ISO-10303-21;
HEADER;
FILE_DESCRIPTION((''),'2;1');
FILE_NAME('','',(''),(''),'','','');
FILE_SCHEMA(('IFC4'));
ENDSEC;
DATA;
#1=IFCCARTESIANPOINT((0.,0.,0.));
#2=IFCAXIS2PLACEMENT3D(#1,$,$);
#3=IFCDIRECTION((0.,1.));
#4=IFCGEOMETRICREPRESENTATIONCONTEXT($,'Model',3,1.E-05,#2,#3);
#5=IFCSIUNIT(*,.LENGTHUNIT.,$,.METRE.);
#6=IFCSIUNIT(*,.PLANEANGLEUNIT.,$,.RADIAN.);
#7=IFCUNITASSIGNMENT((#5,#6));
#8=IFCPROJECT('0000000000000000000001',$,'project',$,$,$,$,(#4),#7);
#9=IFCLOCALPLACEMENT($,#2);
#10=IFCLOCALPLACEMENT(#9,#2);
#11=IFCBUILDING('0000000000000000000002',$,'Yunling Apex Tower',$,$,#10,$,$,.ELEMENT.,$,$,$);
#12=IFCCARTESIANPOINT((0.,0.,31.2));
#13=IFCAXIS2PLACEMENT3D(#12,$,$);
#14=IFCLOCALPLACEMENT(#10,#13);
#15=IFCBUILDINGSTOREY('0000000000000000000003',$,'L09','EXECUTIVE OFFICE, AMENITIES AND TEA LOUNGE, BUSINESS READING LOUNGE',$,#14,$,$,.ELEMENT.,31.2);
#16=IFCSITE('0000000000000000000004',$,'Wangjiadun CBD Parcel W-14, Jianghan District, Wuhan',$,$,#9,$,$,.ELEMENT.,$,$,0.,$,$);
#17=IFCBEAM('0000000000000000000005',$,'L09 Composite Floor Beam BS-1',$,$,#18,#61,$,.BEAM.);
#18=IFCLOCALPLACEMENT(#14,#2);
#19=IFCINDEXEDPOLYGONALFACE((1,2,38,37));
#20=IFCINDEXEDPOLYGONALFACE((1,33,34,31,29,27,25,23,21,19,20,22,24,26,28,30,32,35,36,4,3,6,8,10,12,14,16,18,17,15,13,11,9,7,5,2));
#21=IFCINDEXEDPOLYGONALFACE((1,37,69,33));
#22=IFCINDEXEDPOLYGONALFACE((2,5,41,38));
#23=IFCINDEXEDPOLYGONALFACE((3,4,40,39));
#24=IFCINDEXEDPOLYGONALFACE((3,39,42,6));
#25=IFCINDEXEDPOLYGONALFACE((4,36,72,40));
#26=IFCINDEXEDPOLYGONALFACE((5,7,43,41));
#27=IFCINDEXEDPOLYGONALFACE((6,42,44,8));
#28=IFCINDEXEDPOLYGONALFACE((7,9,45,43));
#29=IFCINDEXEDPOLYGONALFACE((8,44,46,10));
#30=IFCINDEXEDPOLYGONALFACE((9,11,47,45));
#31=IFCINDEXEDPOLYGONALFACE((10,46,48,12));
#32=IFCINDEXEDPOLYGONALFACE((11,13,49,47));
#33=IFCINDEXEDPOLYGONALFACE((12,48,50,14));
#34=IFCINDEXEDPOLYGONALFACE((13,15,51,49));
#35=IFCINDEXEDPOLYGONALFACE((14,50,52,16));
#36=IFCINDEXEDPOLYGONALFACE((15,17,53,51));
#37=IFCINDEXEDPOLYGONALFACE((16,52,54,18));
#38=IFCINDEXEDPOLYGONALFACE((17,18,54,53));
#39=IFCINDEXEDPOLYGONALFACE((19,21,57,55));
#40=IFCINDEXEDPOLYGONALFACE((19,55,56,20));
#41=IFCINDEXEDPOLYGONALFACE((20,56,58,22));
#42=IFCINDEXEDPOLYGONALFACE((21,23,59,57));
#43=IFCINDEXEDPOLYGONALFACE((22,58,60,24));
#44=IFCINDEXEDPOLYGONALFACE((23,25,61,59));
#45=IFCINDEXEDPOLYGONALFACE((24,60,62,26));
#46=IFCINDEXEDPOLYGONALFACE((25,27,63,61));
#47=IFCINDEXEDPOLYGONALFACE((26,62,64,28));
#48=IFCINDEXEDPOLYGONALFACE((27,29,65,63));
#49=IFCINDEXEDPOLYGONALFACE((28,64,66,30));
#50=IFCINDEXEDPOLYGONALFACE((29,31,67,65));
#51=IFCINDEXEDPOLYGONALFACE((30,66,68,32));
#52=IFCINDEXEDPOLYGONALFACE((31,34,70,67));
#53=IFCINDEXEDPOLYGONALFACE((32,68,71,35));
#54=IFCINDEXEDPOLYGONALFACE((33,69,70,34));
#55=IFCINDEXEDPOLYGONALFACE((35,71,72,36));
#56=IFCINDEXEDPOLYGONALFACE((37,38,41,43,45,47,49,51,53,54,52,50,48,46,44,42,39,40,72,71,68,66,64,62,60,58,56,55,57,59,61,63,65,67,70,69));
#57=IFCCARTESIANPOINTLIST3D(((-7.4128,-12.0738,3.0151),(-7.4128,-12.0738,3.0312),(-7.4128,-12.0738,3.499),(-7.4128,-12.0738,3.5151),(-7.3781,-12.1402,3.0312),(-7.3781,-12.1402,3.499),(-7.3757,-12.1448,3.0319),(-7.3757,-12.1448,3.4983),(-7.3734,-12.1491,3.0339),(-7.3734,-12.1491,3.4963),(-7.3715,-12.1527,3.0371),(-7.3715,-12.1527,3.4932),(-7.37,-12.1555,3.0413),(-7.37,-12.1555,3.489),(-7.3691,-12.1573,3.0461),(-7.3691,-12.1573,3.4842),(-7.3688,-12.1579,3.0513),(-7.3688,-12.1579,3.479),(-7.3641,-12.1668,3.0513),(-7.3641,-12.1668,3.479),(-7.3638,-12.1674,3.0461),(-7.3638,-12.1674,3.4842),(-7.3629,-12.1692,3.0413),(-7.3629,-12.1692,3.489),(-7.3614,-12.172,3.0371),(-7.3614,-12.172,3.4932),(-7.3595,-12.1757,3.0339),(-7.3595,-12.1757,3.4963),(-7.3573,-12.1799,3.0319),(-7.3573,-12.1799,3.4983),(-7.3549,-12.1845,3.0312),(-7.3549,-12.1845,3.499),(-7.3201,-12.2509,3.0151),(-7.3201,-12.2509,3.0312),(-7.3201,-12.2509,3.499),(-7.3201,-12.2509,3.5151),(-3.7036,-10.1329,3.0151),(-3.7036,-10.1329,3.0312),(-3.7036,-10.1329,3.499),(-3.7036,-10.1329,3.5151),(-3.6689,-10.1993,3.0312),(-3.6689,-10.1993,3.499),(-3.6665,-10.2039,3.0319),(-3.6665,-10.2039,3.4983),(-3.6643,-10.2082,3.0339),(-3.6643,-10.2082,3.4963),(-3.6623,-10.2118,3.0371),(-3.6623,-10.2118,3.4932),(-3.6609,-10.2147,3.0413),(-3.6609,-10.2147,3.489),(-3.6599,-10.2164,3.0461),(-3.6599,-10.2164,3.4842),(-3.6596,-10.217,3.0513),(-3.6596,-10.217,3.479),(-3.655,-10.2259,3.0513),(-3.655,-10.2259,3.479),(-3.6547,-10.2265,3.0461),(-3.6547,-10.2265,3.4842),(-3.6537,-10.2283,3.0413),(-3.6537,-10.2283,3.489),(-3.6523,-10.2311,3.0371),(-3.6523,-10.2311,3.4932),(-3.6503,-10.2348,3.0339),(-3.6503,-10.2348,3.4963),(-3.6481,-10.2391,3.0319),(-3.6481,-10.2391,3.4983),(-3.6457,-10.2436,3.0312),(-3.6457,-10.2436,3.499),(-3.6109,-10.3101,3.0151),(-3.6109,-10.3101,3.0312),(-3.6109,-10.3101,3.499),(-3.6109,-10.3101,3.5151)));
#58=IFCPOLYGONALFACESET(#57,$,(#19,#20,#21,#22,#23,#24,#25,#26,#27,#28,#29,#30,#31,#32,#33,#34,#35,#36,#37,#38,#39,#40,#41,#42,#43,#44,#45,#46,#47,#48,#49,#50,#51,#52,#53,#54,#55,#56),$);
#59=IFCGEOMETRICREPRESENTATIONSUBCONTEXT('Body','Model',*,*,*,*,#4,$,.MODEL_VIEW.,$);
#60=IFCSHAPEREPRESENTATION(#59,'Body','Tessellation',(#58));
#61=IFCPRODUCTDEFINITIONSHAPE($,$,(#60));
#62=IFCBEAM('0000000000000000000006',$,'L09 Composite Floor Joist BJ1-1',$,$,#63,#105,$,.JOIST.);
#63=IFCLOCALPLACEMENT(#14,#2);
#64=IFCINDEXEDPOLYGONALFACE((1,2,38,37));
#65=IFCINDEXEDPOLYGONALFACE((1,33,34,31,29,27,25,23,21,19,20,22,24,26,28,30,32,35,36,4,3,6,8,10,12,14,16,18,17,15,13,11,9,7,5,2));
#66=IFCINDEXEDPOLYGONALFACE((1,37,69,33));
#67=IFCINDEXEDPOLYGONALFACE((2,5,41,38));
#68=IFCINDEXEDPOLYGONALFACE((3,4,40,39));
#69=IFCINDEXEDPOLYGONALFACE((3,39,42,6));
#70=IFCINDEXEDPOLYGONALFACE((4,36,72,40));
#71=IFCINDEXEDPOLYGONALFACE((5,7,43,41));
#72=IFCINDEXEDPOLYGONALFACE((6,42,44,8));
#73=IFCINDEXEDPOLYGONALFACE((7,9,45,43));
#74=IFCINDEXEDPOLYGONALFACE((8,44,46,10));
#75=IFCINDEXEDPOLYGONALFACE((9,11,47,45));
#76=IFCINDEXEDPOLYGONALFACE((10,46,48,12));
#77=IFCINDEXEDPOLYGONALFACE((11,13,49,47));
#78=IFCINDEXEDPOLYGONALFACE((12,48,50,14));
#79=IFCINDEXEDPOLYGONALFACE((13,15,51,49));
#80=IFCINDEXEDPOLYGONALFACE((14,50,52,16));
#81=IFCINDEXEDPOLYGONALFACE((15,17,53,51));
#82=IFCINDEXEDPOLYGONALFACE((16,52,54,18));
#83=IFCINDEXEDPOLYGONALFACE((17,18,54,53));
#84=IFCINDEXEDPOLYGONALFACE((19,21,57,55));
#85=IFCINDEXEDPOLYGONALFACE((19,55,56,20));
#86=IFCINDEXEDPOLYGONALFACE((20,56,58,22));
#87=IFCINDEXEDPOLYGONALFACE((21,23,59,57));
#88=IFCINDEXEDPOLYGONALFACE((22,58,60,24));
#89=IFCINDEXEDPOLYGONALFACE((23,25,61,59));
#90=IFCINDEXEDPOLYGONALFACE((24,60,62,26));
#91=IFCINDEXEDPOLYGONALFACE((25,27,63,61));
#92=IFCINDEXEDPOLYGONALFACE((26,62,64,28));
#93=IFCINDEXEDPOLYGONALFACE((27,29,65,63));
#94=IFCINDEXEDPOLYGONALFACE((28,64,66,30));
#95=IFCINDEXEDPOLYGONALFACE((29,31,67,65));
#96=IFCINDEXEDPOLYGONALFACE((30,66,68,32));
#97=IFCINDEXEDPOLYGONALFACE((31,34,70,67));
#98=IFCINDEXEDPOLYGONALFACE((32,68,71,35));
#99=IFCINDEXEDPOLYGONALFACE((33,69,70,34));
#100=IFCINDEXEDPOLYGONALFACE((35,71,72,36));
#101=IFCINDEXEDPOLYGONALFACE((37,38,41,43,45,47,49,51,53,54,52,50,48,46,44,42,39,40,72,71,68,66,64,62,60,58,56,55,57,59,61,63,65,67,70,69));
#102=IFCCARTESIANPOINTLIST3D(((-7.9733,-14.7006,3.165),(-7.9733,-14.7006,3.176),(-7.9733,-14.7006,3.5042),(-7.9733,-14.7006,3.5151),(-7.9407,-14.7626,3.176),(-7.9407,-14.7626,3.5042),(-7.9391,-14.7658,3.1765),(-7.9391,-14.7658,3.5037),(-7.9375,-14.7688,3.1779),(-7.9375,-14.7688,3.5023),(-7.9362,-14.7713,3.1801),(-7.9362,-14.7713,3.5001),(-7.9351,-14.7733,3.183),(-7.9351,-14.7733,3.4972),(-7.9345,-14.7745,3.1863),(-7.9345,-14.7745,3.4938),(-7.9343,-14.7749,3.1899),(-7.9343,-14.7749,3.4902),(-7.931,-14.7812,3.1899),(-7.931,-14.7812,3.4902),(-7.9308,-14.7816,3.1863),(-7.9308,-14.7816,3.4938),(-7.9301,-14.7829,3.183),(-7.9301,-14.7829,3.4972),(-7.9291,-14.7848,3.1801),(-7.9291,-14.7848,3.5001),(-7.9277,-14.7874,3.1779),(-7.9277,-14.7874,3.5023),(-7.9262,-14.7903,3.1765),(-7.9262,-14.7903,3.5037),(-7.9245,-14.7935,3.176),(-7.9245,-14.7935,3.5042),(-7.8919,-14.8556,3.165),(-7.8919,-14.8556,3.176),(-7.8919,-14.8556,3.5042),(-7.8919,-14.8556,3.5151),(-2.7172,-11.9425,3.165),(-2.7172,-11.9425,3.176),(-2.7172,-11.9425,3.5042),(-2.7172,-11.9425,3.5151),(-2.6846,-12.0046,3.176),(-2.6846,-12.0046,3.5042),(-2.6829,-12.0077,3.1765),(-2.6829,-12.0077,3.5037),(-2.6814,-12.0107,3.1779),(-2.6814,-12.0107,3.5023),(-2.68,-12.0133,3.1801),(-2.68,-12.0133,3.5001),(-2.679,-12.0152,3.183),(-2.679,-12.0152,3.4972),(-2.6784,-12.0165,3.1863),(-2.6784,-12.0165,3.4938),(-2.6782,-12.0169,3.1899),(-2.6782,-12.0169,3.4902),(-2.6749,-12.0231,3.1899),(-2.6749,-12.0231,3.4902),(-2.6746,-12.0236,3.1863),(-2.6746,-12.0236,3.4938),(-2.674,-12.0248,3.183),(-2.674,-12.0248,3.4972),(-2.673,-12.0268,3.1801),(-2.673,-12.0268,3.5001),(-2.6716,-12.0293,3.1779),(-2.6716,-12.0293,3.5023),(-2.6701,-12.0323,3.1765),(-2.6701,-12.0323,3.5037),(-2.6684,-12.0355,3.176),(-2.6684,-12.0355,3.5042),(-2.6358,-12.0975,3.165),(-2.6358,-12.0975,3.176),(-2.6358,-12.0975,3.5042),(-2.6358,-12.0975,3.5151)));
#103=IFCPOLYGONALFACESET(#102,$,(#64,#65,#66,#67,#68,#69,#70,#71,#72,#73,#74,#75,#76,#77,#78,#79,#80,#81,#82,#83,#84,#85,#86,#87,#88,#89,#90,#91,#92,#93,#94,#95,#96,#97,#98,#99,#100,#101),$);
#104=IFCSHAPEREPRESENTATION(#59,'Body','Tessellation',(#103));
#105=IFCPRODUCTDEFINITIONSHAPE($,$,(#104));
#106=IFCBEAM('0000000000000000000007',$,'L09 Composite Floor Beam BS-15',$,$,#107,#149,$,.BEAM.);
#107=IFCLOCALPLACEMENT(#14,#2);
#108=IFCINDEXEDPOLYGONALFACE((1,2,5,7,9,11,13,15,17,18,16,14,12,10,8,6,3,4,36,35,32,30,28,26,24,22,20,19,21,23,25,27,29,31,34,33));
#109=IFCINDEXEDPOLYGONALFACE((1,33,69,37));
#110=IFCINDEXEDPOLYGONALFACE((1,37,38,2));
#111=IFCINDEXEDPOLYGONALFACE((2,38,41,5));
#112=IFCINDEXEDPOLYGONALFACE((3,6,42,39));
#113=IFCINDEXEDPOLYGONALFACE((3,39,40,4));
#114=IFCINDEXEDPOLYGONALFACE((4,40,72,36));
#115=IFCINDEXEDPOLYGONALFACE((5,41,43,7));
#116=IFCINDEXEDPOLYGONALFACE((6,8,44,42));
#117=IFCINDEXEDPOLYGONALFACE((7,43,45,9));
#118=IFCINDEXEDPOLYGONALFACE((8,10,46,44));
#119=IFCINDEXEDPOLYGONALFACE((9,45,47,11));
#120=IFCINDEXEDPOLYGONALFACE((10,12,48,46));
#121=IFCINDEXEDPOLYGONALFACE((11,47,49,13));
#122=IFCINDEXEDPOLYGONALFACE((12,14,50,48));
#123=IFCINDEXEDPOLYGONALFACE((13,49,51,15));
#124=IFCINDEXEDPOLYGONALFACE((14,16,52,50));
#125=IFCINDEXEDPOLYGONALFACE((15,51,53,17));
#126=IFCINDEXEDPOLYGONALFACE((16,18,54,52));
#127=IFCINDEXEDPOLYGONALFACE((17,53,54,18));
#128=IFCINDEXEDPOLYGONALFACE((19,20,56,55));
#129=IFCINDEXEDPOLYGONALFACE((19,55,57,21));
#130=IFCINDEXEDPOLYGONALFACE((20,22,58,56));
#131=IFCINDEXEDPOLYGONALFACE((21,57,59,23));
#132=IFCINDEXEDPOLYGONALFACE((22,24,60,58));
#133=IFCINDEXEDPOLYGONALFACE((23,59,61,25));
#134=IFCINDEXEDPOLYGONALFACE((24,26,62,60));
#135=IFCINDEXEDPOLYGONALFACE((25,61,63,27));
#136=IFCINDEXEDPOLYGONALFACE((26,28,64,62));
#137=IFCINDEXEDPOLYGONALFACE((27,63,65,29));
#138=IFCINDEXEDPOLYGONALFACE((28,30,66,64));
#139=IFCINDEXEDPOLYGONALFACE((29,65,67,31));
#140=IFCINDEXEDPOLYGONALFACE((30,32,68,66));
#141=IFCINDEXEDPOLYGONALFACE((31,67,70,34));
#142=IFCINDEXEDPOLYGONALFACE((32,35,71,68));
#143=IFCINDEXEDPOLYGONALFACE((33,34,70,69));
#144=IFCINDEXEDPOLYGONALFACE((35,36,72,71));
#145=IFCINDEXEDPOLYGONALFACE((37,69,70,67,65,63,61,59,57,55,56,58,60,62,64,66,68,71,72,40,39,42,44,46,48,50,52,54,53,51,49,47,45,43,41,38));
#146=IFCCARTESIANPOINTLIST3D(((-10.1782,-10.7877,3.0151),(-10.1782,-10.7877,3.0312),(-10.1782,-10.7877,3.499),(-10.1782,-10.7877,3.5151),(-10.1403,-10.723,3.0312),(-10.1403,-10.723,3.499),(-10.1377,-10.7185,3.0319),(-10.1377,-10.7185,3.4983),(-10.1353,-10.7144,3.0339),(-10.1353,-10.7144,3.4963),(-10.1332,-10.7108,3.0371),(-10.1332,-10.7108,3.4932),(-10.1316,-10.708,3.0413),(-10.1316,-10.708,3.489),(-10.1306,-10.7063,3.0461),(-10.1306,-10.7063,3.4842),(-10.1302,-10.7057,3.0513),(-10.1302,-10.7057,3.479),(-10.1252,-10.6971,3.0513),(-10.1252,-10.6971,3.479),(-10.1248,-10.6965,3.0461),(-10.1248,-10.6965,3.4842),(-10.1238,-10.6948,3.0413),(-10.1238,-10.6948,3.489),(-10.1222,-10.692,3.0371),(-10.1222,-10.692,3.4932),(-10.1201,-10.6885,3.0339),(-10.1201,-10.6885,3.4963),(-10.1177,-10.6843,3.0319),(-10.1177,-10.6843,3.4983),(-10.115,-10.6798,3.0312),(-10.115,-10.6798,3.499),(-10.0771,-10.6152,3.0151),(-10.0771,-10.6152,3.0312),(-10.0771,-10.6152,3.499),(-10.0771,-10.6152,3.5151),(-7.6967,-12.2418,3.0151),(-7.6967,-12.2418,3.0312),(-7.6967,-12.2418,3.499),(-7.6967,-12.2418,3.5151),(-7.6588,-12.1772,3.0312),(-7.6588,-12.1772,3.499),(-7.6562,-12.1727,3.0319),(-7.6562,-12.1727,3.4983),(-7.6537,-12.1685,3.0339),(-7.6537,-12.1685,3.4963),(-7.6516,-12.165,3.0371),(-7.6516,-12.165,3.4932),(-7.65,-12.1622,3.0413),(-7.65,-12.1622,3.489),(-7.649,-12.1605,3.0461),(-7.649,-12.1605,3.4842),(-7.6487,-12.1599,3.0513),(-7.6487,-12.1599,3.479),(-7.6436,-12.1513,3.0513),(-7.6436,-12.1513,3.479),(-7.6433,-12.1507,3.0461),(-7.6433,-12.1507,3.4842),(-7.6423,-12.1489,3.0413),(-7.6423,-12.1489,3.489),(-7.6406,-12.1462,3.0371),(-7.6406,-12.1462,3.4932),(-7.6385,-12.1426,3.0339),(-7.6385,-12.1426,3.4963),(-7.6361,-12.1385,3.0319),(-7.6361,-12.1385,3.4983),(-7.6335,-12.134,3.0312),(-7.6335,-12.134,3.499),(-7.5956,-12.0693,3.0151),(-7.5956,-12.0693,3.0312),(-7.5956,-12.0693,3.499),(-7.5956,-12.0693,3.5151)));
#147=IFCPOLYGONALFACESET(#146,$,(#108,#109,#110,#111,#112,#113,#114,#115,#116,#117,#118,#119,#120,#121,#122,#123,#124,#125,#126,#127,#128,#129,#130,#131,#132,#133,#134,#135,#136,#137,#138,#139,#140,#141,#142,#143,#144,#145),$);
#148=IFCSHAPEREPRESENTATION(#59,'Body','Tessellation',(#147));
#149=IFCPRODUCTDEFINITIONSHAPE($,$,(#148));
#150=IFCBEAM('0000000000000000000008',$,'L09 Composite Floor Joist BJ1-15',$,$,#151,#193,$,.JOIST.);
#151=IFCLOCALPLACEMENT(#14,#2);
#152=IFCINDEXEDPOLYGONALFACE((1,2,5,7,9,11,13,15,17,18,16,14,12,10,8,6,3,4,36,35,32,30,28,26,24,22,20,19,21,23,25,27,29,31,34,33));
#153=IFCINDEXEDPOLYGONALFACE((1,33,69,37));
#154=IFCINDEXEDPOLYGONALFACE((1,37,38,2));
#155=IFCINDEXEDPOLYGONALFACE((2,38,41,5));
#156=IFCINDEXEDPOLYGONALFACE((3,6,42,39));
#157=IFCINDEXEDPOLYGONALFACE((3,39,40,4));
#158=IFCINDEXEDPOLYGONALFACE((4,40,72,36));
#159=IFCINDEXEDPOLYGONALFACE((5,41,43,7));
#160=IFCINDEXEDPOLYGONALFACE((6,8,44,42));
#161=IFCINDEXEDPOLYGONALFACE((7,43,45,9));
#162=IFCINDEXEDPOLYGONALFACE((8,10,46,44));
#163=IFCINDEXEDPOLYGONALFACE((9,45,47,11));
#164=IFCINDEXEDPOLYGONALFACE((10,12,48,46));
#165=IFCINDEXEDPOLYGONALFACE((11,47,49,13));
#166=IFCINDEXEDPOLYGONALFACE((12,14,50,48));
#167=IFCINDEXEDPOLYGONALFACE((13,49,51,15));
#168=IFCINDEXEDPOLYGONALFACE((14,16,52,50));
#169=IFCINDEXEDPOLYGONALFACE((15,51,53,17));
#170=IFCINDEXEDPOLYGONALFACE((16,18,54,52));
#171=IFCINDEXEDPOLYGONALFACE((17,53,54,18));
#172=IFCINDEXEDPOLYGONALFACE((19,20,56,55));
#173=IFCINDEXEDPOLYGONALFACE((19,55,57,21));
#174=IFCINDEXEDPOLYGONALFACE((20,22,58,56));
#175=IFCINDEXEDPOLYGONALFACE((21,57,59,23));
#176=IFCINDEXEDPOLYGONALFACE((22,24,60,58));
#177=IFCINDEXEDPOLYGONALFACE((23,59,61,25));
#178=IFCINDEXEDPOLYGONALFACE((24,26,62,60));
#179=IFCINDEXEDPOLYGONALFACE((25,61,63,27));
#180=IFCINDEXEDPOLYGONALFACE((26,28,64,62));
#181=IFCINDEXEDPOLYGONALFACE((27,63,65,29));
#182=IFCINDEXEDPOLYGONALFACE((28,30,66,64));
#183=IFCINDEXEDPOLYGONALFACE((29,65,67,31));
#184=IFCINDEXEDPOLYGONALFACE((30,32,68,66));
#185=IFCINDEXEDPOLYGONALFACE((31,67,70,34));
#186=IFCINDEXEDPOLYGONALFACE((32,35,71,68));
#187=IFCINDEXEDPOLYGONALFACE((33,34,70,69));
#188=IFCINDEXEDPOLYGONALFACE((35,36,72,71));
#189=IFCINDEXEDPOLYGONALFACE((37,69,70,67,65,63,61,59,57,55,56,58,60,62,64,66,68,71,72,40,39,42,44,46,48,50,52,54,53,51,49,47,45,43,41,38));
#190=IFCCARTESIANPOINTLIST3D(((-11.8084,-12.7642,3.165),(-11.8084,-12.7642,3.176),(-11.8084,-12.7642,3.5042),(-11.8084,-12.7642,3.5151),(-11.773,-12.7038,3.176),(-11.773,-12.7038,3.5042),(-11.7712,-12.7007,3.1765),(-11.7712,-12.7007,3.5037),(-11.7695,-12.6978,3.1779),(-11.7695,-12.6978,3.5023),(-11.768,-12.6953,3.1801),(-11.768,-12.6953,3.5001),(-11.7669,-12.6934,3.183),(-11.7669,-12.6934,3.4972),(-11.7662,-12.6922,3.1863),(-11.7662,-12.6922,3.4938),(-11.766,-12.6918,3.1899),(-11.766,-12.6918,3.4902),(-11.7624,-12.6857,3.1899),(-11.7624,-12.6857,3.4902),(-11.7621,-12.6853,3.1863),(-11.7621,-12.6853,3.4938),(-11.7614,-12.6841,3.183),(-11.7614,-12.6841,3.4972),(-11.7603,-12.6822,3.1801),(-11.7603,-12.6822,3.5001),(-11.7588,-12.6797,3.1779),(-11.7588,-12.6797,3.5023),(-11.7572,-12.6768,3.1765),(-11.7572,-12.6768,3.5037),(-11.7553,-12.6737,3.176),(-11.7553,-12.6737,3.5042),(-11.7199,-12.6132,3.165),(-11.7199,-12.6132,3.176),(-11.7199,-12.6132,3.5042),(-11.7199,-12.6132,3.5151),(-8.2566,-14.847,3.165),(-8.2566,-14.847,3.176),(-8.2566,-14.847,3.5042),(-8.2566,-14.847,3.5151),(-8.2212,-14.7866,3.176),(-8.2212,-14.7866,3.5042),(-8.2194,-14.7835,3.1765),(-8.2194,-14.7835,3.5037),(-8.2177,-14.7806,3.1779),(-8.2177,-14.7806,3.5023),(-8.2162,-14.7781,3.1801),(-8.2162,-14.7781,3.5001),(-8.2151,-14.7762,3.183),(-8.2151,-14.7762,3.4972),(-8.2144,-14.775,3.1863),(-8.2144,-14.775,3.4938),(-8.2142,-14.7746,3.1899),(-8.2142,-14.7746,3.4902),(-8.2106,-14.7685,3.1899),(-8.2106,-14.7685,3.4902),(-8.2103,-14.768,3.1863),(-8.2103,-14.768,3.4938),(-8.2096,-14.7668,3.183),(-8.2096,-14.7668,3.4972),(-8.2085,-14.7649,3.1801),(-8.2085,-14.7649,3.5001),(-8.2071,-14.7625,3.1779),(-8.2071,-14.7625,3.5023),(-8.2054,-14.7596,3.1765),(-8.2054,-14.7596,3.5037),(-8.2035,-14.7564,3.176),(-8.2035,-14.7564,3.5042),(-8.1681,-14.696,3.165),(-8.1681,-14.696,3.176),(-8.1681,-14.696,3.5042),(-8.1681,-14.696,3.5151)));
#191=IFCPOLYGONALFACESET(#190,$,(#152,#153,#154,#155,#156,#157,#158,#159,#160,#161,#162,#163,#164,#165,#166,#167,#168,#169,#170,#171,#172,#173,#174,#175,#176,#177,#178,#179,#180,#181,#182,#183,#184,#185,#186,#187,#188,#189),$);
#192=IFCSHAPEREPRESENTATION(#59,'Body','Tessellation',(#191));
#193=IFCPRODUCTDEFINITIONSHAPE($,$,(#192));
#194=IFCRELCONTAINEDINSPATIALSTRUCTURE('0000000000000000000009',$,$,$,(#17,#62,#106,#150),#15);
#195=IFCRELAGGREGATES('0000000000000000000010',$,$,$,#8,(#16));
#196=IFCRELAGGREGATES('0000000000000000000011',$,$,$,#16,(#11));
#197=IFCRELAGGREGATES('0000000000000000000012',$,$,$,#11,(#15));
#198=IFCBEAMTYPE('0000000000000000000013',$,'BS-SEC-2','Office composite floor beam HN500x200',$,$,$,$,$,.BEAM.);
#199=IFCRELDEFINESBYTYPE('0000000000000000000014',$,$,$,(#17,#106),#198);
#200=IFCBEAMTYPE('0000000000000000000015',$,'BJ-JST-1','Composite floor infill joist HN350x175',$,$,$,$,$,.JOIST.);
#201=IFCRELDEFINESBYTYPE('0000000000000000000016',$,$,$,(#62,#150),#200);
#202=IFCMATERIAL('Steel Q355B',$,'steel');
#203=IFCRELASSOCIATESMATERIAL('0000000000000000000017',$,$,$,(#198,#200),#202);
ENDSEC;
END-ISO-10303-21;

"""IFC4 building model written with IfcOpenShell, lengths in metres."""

from ifc_helpers import new_model, si_unit, direction, frame, origin, origin_2d, place, context, subcontext, project, spatial, i_section, extrude, source, transform, mapped, material, material_profile, profile_set, type_object, element, save


model = new_model("IFC4")

# Units and contexts
model_context = context("Model", 3, precision=1e-05, world=origin(), true_north=direction((0.0, 1.0)))
body_context = subcontext(model_context, "Body", "Model", "MODEL_VIEW")
ifc_project = project(units=[si_unit("LENGTHUNIT", "METRE"), si_unit("PLANEANGLEUNIT", "RADIAN")], contexts=[model_context])

# Site, building, storey
site_placement = place(None, origin())
site = spatial("IfcSite", under=ifc_project, at=site_placement, Name="Wangjiadun CBD Parcel W-14, Jianghan District, Wuhan", CompositionType="ELEMENT", RefElevation=0.0)
building_placement = place(site_placement, origin())
building = spatial("IfcBuilding", under=site, at=building_placement, Name="Yunling Apex Tower", CompositionType="ELEMENT")
storey_placement = place(building_placement, frame((0.0, 0.0, 31.2)))
storey = spatial("IfcBuildingStorey", under=building, at=storey_placement, Name="L09", Description="EXECUTIVE OFFICE, AMENITIES AND TEA LOUNGE, BUSINESS READING LOUNGE", CompositionType="ELEMENT", Elevation=31.2)

# Beams
ifc_material_1 = material(Name="Steel Q355B", Category="steel")
ifc_material_profile_1 = material_profile(ifc_material_1, i_section(OverallWidth=0.2, OverallDepth=0.5, WebThickness=0.01, FlangeThickness=0.0161, FilletRadius=0.02, at=origin_2d()))
ifc_profile_set_1 = profile_set([ifc_material_profile_1], Name="Steel Q355B")
beam_type_1 = type_object("IfcBeamType", Name="BS-SEC-2", Description="Office composite floor beam HN500x200", PredefinedType="BEAM", material=ifc_profile_set_1)
shared_shape_1 = source(origin(), body_context, "Body", "SweptSolid", [
    extrude(i_section(OverallWidth=0.2, OverallDepth=0.5, WebThickness=0.01, FlangeThickness=0.0161, FilletRadius=0.02, at=origin_2d()), origin(), (0.0, 0.0, 1.0), 4.1863),
])
beam_1_placement = place(storey_placement, frame((-7.3665, -12.1624, 3.2651), z_axis=(0.886029, 0.46363, 0.0), x_axis=(-0.46363, 0.886029, 0.0)))
element("IfcBeam", 1, at=beam_1_placement, inside=storey, type_object=beam_type_1, Name="L09 Composite Floor Beam BS-1", PredefinedType="BEAM", context=body_context, shape_type="MappedRepresentation", body=[
    mapped(shared_shape_1, transform((0.0, 0.0, 0.0), scale=1.0)),
])
ifc_material_profile_2 = material_profile(ifc_material_1, i_section(OverallWidth=0.175, OverallDepth=0.3501, WebThickness=0.0071, FlangeThickness=0.011, FilletRadius=0.0139, at=origin_2d()))
ifc_profile_set_2 = profile_set([ifc_material_profile_2], Name="Steel Q355B")
beam_type_2 = type_object("IfcBeamType", Name="BJ-JST-1", Description="Composite floor infill joist HN350x175", PredefinedType="JOIST", material=ifc_profile_set_2)
shared_shape_2 = source(origin(), body_context, "Body", "SweptSolid", [
    extrude(i_section(OverallWidth=0.175, OverallDepth=0.3501, WebThickness=0.0071, FlangeThickness=0.011, FilletRadius=0.0139, at=origin_2d()), origin(), (0.0, 0.0, 1.0), 5.9358),
])
beam_2_placement = place(storey_placement, frame((-7.9326, -14.7781, 3.3401), z_axis=(0.885495, 0.464649, 0.0), x_axis=(-0.464649, 0.885495, 0.0)))
element("IfcBeam", 2, at=beam_2_placement, inside=storey, type_object=beam_type_2, Name="L09 Composite Floor Joist BJ1-1", PredefinedType="JOIST", context=body_context, shape_type="MappedRepresentation", body=[
    mapped(shared_shape_2, transform((0.0, 0.0, 0.0), scale=1.0)),
])
shared_shape_3 = source(origin(), body_context, "Body", "SweptSolid", [
    extrude(i_section(OverallWidth=0.2, OverallDepth=0.5, WebThickness=0.01, FlangeThickness=0.0161, FilletRadius=0.02, at=origin_2d()), origin(), (0.0, 0.0, 1.0), 2.8762),
])
beam_3_placement = place(storey_placement, frame((-10.1277, -10.7014, 3.2651), z_axis=(0.86278, -0.50558, 0.0), x_axis=(0.50558, 0.86278, 0.0)))
element("IfcBeam", 3, at=beam_3_placement, inside=storey, type_object=beam_type_1, Name="L09 Composite Floor Beam BS-15", PredefinedType="BEAM", context=body_context, shape_type="MappedRepresentation", body=[
    mapped(shared_shape_3, transform((0.0, 0.0, 0.0), scale=1.0)),
])
shared_shape_4 = source(origin(), body_context, "Body", "SweptSolid", [
    extrude(i_section(OverallWidth=0.175, OverallDepth=0.3501, WebThickness=0.0071, FlangeThickness=0.011, FilletRadius=0.0139, at=origin_2d()), origin(), (0.0, 0.0, 1.0), 4.1174),
])
beam_4_placement = place(storey_placement, frame((-11.7642, -12.6887, 3.3401), z_axis=(0.862624, -0.505846, 0.0), x_axis=(0.505846, 0.862624, 0.0)))
element("IfcBeam", 4, at=beam_4_placement, inside=storey, type_object=beam_type_2, Name="L09 Composite Floor Joist BJ1-15", PredefinedType="JOIST", context=body_context, shape_type="MappedRepresentation", body=[
    mapped(shared_shape_4, transform((0.0, 0.0, 0.0), scale=1.0)),
])

save(model, "model.ifc")
